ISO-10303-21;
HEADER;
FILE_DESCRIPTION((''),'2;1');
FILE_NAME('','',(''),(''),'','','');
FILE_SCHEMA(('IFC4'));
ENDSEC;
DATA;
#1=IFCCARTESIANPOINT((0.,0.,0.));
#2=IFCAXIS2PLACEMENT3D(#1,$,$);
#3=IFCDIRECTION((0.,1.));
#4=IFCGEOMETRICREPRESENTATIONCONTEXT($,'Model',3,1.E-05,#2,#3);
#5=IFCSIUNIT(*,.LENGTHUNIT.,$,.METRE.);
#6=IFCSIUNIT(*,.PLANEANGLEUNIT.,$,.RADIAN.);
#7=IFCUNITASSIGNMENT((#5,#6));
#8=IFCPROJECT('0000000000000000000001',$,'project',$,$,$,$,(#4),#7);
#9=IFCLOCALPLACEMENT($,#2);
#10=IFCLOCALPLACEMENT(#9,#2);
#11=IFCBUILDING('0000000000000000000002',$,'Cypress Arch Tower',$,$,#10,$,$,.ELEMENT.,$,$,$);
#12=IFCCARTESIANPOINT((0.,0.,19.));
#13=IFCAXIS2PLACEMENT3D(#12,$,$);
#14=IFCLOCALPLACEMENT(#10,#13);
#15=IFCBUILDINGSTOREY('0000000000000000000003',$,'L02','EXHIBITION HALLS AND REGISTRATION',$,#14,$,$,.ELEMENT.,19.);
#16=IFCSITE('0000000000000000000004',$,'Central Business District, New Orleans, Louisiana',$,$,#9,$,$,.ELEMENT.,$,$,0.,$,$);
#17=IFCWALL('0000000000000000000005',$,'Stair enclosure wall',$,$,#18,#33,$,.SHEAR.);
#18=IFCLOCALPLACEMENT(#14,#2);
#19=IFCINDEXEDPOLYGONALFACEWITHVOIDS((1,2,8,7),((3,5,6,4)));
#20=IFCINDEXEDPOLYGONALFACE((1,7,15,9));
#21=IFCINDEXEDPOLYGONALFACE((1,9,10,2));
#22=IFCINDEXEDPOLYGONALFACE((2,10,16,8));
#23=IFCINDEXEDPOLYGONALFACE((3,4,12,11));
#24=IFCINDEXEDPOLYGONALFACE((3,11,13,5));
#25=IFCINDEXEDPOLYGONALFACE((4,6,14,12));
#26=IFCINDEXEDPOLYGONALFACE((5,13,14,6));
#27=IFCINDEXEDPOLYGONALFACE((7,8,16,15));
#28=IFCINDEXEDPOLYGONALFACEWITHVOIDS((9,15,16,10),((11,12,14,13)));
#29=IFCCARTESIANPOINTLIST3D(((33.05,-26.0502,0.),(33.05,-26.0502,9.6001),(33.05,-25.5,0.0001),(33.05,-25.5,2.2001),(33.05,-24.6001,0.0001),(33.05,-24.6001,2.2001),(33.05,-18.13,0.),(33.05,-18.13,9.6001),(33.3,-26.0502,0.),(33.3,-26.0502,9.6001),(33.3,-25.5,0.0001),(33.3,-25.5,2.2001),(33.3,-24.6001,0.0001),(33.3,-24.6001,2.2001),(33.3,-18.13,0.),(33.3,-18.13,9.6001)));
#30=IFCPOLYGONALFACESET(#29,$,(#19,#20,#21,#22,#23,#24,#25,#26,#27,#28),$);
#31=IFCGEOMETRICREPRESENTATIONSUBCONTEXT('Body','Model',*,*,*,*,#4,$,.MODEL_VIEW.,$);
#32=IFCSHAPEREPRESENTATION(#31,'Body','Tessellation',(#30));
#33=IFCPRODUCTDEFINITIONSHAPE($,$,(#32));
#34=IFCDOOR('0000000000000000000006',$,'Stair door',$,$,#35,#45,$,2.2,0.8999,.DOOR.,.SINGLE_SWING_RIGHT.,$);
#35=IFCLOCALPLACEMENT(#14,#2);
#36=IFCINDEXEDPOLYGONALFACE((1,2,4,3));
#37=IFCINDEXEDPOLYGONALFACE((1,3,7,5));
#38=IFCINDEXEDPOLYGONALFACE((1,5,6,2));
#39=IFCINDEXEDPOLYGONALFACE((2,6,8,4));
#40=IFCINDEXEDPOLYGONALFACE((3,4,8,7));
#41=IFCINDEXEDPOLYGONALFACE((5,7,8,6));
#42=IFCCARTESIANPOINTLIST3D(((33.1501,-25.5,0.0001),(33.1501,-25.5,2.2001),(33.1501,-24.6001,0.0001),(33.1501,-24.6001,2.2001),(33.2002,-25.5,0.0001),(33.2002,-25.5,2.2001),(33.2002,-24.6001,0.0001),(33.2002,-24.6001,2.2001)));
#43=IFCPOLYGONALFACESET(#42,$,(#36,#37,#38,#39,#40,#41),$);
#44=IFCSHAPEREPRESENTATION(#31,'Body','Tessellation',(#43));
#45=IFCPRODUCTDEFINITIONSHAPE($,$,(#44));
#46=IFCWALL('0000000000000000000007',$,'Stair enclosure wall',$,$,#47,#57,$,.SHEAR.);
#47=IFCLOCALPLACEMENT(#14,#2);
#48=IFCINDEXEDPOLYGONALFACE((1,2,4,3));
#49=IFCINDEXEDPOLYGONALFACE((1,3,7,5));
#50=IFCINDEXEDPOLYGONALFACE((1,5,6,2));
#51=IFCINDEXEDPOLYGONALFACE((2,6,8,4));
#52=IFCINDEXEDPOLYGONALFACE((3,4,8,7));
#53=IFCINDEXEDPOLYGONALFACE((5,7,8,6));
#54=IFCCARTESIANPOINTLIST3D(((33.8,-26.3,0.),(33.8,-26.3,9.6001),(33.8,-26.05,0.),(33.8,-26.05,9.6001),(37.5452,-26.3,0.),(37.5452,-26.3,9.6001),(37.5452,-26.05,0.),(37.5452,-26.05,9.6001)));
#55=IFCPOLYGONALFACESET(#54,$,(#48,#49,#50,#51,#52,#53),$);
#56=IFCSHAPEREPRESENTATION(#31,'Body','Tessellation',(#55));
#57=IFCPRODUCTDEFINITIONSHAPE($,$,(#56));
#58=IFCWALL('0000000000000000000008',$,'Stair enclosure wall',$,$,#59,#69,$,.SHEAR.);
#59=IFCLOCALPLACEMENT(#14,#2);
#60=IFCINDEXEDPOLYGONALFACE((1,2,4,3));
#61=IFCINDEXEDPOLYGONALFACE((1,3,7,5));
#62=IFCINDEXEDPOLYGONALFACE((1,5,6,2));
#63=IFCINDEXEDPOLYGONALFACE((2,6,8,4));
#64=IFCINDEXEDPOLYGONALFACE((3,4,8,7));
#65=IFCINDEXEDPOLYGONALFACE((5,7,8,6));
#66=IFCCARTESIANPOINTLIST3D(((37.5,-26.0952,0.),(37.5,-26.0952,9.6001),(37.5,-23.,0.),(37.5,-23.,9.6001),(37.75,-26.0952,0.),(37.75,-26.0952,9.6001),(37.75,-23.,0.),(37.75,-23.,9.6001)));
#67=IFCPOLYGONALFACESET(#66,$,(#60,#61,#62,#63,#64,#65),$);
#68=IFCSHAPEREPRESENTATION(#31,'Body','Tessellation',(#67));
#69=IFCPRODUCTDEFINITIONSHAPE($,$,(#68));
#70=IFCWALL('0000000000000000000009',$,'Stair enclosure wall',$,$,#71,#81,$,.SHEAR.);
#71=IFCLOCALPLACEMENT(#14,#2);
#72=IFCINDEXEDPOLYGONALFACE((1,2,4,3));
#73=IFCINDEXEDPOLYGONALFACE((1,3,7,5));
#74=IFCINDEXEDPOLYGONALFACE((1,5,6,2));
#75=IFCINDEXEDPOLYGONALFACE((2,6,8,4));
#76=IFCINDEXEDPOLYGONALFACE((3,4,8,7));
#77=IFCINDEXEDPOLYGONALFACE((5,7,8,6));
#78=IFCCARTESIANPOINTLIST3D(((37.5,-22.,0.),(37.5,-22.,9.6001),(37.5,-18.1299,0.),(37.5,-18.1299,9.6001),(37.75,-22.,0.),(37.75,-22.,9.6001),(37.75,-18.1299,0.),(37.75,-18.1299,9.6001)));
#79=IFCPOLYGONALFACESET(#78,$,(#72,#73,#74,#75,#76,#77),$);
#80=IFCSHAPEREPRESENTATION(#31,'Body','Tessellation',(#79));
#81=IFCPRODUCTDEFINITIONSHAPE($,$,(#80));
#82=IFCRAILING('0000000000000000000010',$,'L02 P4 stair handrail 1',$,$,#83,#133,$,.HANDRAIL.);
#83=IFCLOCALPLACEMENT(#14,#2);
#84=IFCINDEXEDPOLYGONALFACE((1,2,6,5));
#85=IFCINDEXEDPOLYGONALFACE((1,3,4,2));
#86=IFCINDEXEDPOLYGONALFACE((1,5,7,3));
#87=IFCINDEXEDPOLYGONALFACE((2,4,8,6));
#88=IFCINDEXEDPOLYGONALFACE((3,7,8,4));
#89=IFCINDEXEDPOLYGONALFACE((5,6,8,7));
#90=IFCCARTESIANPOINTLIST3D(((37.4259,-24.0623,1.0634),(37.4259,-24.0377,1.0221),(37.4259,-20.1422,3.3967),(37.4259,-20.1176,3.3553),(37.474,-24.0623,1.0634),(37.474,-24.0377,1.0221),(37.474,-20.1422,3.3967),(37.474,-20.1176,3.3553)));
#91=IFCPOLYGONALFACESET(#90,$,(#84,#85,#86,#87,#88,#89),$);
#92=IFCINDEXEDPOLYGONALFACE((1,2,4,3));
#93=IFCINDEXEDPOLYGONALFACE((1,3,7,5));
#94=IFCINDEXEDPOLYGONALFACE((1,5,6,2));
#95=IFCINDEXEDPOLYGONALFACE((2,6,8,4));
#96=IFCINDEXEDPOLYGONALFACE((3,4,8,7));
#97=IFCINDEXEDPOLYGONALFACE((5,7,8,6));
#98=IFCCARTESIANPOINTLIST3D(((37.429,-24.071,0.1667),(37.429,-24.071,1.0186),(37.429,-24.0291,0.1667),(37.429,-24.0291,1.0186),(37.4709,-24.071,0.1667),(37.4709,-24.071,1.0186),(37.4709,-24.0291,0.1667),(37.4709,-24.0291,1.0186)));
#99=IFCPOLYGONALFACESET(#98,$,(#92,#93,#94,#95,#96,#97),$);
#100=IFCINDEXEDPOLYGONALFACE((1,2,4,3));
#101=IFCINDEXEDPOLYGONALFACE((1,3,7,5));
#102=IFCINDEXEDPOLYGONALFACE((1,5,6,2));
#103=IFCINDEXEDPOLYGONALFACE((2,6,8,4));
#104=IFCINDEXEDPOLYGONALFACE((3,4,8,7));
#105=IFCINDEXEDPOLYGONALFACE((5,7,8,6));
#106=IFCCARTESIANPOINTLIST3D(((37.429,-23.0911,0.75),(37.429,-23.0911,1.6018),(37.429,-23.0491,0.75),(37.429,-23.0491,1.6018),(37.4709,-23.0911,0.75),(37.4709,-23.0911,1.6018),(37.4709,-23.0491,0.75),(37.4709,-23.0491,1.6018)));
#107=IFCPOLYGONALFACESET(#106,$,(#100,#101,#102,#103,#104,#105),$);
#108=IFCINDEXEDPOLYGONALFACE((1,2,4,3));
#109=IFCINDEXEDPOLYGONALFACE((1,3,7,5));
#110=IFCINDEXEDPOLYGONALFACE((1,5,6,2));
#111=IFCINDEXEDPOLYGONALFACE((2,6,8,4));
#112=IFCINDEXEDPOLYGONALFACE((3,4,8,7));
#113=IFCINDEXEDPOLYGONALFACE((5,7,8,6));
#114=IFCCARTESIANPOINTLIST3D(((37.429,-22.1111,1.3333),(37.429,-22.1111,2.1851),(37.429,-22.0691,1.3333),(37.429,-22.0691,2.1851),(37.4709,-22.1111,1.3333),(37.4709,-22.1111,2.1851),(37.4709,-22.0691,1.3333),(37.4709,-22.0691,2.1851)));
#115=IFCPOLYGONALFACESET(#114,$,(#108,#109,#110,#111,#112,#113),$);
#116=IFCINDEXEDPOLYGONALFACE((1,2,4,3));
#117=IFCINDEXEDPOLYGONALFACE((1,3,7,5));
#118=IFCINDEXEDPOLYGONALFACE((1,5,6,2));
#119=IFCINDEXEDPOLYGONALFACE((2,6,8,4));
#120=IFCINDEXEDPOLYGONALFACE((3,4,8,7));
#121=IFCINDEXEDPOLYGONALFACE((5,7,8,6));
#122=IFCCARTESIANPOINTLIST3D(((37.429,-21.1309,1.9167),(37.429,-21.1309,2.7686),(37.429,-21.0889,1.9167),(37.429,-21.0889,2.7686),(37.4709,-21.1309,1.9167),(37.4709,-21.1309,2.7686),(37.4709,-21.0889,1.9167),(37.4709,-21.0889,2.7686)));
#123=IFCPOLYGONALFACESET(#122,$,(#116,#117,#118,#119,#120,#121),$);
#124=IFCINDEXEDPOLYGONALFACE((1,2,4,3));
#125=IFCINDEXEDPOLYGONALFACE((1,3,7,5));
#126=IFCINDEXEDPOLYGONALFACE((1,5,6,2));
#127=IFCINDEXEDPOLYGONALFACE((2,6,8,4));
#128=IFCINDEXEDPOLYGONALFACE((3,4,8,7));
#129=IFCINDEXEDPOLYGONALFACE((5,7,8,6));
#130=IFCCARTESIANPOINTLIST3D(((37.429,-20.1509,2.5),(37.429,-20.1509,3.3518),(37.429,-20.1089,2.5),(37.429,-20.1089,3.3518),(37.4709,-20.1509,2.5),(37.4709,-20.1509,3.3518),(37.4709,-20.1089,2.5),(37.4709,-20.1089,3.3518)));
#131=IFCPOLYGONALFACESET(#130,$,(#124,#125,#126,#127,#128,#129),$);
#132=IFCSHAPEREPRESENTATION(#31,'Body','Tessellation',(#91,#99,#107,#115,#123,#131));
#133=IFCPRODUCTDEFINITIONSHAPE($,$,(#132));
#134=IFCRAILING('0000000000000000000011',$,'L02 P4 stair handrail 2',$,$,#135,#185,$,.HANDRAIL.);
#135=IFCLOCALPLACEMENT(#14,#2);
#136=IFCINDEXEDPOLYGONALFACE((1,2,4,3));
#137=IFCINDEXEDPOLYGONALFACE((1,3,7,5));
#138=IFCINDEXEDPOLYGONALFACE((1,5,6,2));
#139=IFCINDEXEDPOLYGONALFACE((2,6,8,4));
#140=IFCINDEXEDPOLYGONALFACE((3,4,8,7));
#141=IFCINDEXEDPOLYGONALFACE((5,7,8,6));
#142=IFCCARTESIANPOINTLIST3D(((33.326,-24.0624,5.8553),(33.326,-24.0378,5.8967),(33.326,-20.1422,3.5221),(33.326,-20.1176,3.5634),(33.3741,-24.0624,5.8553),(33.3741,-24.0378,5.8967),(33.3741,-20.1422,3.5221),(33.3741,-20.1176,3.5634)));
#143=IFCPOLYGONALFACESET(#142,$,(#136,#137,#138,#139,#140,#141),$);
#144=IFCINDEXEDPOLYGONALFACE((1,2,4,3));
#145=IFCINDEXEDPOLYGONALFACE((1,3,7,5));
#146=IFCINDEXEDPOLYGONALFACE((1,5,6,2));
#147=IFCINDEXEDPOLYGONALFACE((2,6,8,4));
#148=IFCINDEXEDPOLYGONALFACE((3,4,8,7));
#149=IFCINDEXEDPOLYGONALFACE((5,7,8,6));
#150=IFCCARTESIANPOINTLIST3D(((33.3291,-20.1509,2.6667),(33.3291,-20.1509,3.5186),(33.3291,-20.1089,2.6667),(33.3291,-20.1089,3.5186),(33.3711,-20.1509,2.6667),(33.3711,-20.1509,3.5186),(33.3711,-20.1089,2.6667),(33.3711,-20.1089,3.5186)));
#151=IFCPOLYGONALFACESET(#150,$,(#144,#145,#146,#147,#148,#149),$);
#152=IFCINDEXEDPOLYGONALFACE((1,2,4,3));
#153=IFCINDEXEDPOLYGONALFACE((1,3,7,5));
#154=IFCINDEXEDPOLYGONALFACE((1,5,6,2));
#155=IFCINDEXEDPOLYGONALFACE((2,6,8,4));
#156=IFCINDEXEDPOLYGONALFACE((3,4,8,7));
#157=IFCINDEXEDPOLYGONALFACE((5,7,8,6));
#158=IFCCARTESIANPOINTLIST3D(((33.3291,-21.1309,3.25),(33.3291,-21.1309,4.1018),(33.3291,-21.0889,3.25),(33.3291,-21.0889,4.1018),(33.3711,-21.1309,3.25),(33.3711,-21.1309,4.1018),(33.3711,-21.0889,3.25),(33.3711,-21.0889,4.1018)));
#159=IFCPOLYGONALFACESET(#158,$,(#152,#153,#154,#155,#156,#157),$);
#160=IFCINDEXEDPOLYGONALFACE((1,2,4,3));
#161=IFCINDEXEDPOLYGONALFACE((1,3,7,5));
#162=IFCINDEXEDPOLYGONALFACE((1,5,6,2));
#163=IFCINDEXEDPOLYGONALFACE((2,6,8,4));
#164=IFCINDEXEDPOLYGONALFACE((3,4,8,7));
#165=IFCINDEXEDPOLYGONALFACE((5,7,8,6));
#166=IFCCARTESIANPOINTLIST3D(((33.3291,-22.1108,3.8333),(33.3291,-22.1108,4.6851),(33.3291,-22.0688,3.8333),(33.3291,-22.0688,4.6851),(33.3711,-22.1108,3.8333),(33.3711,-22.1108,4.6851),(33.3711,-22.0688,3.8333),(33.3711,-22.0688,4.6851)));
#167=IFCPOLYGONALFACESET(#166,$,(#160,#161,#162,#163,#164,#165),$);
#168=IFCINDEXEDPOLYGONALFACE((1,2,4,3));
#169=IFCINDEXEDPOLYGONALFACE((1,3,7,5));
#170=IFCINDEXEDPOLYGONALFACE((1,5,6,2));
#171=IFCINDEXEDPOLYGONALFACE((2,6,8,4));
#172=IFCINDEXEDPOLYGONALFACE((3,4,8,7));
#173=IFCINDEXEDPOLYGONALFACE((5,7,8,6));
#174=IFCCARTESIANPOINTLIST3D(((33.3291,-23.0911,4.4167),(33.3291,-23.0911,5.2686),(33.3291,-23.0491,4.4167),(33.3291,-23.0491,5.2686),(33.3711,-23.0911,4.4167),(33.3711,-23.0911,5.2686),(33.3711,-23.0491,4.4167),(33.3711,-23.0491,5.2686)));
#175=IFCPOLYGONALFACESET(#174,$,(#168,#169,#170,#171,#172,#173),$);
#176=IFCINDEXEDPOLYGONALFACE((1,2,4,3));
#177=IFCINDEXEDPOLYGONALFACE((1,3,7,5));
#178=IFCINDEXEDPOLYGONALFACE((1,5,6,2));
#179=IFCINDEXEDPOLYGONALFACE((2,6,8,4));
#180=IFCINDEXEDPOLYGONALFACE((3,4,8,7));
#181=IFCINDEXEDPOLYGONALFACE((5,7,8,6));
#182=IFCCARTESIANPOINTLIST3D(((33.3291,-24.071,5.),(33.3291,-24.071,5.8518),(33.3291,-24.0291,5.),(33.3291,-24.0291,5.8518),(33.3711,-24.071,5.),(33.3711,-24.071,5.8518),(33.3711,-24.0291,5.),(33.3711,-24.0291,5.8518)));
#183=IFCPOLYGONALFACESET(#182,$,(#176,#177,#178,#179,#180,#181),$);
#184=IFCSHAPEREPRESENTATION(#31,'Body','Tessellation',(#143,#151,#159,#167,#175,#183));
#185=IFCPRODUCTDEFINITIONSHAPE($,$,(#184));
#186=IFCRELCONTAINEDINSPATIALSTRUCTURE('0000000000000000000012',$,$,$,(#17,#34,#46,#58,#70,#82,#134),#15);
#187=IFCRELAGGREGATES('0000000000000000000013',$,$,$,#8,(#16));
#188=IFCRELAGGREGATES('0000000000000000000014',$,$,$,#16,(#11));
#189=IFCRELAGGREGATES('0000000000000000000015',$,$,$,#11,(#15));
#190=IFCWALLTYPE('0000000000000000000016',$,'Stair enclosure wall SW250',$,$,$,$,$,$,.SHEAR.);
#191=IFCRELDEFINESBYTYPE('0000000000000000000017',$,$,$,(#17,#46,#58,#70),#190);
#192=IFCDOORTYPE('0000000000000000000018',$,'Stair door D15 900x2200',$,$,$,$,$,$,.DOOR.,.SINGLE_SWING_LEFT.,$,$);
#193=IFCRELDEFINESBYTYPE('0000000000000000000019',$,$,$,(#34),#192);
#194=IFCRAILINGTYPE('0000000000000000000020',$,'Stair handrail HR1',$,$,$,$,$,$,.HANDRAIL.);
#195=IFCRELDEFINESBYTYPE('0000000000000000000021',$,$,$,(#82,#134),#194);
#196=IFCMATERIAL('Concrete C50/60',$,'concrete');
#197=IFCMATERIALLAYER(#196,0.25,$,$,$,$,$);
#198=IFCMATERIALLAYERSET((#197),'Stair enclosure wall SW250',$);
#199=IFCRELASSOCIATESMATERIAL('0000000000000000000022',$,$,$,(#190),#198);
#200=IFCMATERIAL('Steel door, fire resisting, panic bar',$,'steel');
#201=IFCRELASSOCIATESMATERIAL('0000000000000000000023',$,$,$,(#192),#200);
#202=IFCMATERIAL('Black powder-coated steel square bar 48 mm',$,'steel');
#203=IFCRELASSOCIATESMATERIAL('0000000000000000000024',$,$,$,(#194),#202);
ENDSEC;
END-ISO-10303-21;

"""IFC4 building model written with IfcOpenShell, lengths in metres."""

from ifc_helpers import new_model, si_unit, direction, frame, frame_2d, origin, origin_2d, place, context, subcontext, project, spatial, rectangle, extrude, material, layer, layer_set, type_object, element, fill, save


model = new_model("IFC4")

# Units and contexts
model_context = context("Model", 3, precision=1e-05, world=origin(), true_north=direction((0.0, 1.0)))
body_context = subcontext(model_context, "Body", "Model", "MODEL_VIEW")
ifc_project = project(units=[si_unit("LENGTHUNIT", "METRE"), si_unit("PLANEANGLEUNIT", "RADIAN")], contexts=[model_context])

# Site, building, storey
site_placement = place(None, origin())
site = spatial("IfcSite", under=ifc_project, at=site_placement, Name="Central Business District, New Orleans, Louisiana", CompositionType="ELEMENT", RefElevation=0.0)
building_placement = place(site_placement, origin())
building = spatial("IfcBuilding", under=site, at=building_placement, Name="Cypress Arch Tower", CompositionType="ELEMENT")
storey_placement = place(building_placement, frame((0.0, 0.0, 19.0)))
storey = spatial("IfcBuildingStorey", under=building, at=storey_placement, Name="L02", Description="EXHIBITION HALLS AND REGISTRATION", CompositionType="ELEMENT", Elevation=19.0)

# Wall, opening, door
ifc_material_1 = material(Name="Concrete C50/60", Category="concrete")
ifc_layer_1 = layer(ifc_material_1, 0.25)
ifc_layer_set_1 = layer_set([ifc_layer_1], Name="Stair enclosure wall SW250")
wall_type_1 = type_object("IfcWallType", Name="Stair enclosure wall SW250", PredefinedType="SHEAR", material=ifc_layer_set_1)
wall_1_placement = place(storey_placement, frame((33.175, -26.05, 0.0), z_axis=(0.0, 0.0, 1.0), x_axis=(0.0, 1.0, 0.0)))
wall_1 = element("IfcWall", 1, at=wall_1_placement, inside=storey, type_object=wall_type_1, Name="Stair enclosure wall", PredefinedType="SHEAR", context=body_context, shape_type="SweptSolid", body=[
    extrude(rectangle(XDim=7.9202, YDim=0.25, at=frame_2d((3.96, 0.0))), origin(), (0.0, 0.0, 1.0), 9.6001),
])
opening_1_placement = place(wall_1_placement, frame((0.55, 0.0, 0.0)))
opening_1 = element("IfcOpeningElement", 2, at=opening_1_placement, cuts=wall_1, PredefinedType="OPENING", context=body_context, shape_type="SweptSolid", body=[
    extrude(rectangle(XDim=0.8999, YDim=2.2, at=frame_2d((0.45, 1.1001))), frame((0.0, 0.135, 0.0), z_axis=(0.0, -1.0, 0.0), x_axis=(1.0, 0.0, 0.0)), (0.0, 0.0, 1.0), 0.27),
])
ifc_material_2 = material(Name="Steel door, fire resisting, panic bar", Category="steel")
door_type = type_object("IfcDoorType", Name="Stair door D15 900x2200", OperationType="SINGLE_SWING_LEFT", PredefinedType="DOOR", material=ifc_material_2)
door_placement = place(opening_1_placement, origin())
door = element("IfcDoor", 3, at=door_placement, inside=storey, type_object=door_type, Name="Stair door", OperationType="SINGLE_SWING_RIGHT", OverallHeight=2.2, OverallWidth=0.8999, PredefinedType="DOOR", context=body_context, shape_type="SweptSolid", body=[
    extrude(rectangle(XDim=0.8999, YDim=2.2, at=frame_2d((0.45, 1.1001))), frame((0.0, 0.0249, 0.0), z_axis=(0.0, -1.0, 0.0), x_axis=(1.0, 0.0, 0.0)), (0.0, 0.0, 1.0), 0.05),
])
fill(opening_1, door)

# Walls
wall_2_placement = place(storey_placement, frame((33.8, -26.175, 0.0), z_axis=(0.0, 0.0, 1.0), x_axis=(1.0, 0.0, 0.0)))
element("IfcWall", 4, at=wall_2_placement, inside=storey, type_object=wall_type_1, Name="Stair enclosure wall", PredefinedType="SHEAR", context=body_context, shape_type="SweptSolid", body=[
    extrude(rectangle(XDim=3.7451, YDim=0.25, at=frame_2d((1.8726, 0.0))), origin(), (0.0, 0.0, 1.0), 9.6001),
])
wall_3_placement = place(storey_placement, frame((37.625, -26.0952, 0.0), z_axis=(0.0, 0.0, 1.0), x_axis=(0.0, 1.0, 0.0)))
element("IfcWall", 5, at=wall_3_placement, inside=storey, type_object=wall_type_1, Name="Stair enclosure wall", PredefinedType="SHEAR", context=body_context, shape_type="SweptSolid", body=[
    extrude(rectangle(XDim=3.0952, YDim=0.25, at=frame_2d((1.5476, 0.0))), origin(), (0.0, 0.0, 1.0), 9.6001),
])
wall_4_placement = place(storey_placement, frame((37.625, -22.0, 0.0), z_axis=(0.0, 0.0, 1.0), x_axis=(0.0, 1.0, 0.0)))
element("IfcWall", 6, at=wall_4_placement, inside=storey, type_object=wall_type_1, Name="Stair enclosure wall", PredefinedType="SHEAR", context=body_context, shape_type="SweptSolid", body=[
    extrude(rectangle(XDim=3.8701, YDim=0.25, at=frame_2d((1.9351, 0.0))), origin(), (0.0, 0.0, 1.0), 9.6001),
])

# Railings
ifc_material_3 = material(Name="Black powder-coated steel square bar 48 mm", Category="steel")
railing_type_1 = type_object("IfcRailingType", Name="Stair handrail HR1", PredefinedType="HANDRAIL", material=ifc_material_3)
railing_1_placement = place(storey_placement, frame((37.45, -24.05, 0.1667)))
element("IfcRailing", 7, at=railing_1_placement, inside=storey, type_object=railing_type_1, Name="L02 P4 stair handrail 1", PredefinedType="HANDRAIL", context=body_context, shape_type="SweptSolid", body=[
    extrude(rectangle(XDim=0.0481, YDim=0.0481, at=origin_2d()), frame((0.0, 0.0, 0.876), z_axis=(0.0, 0.85931, 0.511455), x_axis=(-1.0, 0.0, 0.0)), (0.0, 0.0, 1.0), 4.562),
    extrude(rectangle(XDim=0.042, YDim=0.042, at=origin_2d()), origin(), (0.0, 0.0, 1.0), 0.8518),
    extrude(rectangle(XDim=0.042, YDim=0.042, at=origin_2d()), frame((0.0, 0.98, 0.5833)), (0.0, 0.0, 1.0), 0.8518),
    extrude(rectangle(XDim=0.042, YDim=0.042, at=origin_2d()), frame((0.0, 1.96, 1.1665)), (0.0, 0.0, 1.0), 0.8518),
    extrude(rectangle(XDim=0.042, YDim=0.042, at=origin_2d()), frame((0.0, 2.9402, 1.75)), (0.0, 0.0, 1.0), 0.8518),
    extrude(rectangle(XDim=0.042, YDim=0.042, at=origin_2d()), frame((0.0, 3.9202, 2.3333)), (0.0, 0.0, 1.0), 0.8518),
])
railing_2_placement = place(storey_placement, frame((33.3501, -20.1299, 2.6667)))
element("IfcRailing", 8, at=railing_2_placement, inside=storey, type_object=railing_type_1, Name="L02 P4 stair handrail 2", PredefinedType="HANDRAIL", context=body_context, shape_type="SweptSolid", body=[
    extrude(rectangle(XDim=0.0481, YDim=0.0481, at=origin_2d()), frame((0.0, 0.0, 0.876), z_axis=(0.0, -0.85931, 0.511455), x_axis=(1.0, 0.0, 0.0)), (0.0, 0.0, 1.0), 4.562),
    extrude(rectangle(XDim=0.042, YDim=0.042, at=origin_2d()), origin(), (0.0, 0.0, 1.0), 0.8518),
    extrude(rectangle(XDim=0.042, YDim=0.042, at=origin_2d()), frame((0.0, -0.98, 0.5833)), (0.0, 0.0, 1.0), 0.8518),
    extrude(rectangle(XDim=0.042, YDim=0.042, at=origin_2d()), frame((0.0, -1.96, 1.1665)), (0.0, 0.0, 1.0), 0.8518),
    extrude(rectangle(XDim=0.042, YDim=0.042, at=origin_2d()), frame((0.0, -2.9402, 1.75)), (0.0, 0.0, 1.0), 0.8518),
    extrude(rectangle(XDim=0.042, YDim=0.042, at=origin_2d()), frame((0.0, -3.9202, 2.3333)), (0.0, 0.0, 1.0), 0.8518),
])

save(model, "model.ifc")
